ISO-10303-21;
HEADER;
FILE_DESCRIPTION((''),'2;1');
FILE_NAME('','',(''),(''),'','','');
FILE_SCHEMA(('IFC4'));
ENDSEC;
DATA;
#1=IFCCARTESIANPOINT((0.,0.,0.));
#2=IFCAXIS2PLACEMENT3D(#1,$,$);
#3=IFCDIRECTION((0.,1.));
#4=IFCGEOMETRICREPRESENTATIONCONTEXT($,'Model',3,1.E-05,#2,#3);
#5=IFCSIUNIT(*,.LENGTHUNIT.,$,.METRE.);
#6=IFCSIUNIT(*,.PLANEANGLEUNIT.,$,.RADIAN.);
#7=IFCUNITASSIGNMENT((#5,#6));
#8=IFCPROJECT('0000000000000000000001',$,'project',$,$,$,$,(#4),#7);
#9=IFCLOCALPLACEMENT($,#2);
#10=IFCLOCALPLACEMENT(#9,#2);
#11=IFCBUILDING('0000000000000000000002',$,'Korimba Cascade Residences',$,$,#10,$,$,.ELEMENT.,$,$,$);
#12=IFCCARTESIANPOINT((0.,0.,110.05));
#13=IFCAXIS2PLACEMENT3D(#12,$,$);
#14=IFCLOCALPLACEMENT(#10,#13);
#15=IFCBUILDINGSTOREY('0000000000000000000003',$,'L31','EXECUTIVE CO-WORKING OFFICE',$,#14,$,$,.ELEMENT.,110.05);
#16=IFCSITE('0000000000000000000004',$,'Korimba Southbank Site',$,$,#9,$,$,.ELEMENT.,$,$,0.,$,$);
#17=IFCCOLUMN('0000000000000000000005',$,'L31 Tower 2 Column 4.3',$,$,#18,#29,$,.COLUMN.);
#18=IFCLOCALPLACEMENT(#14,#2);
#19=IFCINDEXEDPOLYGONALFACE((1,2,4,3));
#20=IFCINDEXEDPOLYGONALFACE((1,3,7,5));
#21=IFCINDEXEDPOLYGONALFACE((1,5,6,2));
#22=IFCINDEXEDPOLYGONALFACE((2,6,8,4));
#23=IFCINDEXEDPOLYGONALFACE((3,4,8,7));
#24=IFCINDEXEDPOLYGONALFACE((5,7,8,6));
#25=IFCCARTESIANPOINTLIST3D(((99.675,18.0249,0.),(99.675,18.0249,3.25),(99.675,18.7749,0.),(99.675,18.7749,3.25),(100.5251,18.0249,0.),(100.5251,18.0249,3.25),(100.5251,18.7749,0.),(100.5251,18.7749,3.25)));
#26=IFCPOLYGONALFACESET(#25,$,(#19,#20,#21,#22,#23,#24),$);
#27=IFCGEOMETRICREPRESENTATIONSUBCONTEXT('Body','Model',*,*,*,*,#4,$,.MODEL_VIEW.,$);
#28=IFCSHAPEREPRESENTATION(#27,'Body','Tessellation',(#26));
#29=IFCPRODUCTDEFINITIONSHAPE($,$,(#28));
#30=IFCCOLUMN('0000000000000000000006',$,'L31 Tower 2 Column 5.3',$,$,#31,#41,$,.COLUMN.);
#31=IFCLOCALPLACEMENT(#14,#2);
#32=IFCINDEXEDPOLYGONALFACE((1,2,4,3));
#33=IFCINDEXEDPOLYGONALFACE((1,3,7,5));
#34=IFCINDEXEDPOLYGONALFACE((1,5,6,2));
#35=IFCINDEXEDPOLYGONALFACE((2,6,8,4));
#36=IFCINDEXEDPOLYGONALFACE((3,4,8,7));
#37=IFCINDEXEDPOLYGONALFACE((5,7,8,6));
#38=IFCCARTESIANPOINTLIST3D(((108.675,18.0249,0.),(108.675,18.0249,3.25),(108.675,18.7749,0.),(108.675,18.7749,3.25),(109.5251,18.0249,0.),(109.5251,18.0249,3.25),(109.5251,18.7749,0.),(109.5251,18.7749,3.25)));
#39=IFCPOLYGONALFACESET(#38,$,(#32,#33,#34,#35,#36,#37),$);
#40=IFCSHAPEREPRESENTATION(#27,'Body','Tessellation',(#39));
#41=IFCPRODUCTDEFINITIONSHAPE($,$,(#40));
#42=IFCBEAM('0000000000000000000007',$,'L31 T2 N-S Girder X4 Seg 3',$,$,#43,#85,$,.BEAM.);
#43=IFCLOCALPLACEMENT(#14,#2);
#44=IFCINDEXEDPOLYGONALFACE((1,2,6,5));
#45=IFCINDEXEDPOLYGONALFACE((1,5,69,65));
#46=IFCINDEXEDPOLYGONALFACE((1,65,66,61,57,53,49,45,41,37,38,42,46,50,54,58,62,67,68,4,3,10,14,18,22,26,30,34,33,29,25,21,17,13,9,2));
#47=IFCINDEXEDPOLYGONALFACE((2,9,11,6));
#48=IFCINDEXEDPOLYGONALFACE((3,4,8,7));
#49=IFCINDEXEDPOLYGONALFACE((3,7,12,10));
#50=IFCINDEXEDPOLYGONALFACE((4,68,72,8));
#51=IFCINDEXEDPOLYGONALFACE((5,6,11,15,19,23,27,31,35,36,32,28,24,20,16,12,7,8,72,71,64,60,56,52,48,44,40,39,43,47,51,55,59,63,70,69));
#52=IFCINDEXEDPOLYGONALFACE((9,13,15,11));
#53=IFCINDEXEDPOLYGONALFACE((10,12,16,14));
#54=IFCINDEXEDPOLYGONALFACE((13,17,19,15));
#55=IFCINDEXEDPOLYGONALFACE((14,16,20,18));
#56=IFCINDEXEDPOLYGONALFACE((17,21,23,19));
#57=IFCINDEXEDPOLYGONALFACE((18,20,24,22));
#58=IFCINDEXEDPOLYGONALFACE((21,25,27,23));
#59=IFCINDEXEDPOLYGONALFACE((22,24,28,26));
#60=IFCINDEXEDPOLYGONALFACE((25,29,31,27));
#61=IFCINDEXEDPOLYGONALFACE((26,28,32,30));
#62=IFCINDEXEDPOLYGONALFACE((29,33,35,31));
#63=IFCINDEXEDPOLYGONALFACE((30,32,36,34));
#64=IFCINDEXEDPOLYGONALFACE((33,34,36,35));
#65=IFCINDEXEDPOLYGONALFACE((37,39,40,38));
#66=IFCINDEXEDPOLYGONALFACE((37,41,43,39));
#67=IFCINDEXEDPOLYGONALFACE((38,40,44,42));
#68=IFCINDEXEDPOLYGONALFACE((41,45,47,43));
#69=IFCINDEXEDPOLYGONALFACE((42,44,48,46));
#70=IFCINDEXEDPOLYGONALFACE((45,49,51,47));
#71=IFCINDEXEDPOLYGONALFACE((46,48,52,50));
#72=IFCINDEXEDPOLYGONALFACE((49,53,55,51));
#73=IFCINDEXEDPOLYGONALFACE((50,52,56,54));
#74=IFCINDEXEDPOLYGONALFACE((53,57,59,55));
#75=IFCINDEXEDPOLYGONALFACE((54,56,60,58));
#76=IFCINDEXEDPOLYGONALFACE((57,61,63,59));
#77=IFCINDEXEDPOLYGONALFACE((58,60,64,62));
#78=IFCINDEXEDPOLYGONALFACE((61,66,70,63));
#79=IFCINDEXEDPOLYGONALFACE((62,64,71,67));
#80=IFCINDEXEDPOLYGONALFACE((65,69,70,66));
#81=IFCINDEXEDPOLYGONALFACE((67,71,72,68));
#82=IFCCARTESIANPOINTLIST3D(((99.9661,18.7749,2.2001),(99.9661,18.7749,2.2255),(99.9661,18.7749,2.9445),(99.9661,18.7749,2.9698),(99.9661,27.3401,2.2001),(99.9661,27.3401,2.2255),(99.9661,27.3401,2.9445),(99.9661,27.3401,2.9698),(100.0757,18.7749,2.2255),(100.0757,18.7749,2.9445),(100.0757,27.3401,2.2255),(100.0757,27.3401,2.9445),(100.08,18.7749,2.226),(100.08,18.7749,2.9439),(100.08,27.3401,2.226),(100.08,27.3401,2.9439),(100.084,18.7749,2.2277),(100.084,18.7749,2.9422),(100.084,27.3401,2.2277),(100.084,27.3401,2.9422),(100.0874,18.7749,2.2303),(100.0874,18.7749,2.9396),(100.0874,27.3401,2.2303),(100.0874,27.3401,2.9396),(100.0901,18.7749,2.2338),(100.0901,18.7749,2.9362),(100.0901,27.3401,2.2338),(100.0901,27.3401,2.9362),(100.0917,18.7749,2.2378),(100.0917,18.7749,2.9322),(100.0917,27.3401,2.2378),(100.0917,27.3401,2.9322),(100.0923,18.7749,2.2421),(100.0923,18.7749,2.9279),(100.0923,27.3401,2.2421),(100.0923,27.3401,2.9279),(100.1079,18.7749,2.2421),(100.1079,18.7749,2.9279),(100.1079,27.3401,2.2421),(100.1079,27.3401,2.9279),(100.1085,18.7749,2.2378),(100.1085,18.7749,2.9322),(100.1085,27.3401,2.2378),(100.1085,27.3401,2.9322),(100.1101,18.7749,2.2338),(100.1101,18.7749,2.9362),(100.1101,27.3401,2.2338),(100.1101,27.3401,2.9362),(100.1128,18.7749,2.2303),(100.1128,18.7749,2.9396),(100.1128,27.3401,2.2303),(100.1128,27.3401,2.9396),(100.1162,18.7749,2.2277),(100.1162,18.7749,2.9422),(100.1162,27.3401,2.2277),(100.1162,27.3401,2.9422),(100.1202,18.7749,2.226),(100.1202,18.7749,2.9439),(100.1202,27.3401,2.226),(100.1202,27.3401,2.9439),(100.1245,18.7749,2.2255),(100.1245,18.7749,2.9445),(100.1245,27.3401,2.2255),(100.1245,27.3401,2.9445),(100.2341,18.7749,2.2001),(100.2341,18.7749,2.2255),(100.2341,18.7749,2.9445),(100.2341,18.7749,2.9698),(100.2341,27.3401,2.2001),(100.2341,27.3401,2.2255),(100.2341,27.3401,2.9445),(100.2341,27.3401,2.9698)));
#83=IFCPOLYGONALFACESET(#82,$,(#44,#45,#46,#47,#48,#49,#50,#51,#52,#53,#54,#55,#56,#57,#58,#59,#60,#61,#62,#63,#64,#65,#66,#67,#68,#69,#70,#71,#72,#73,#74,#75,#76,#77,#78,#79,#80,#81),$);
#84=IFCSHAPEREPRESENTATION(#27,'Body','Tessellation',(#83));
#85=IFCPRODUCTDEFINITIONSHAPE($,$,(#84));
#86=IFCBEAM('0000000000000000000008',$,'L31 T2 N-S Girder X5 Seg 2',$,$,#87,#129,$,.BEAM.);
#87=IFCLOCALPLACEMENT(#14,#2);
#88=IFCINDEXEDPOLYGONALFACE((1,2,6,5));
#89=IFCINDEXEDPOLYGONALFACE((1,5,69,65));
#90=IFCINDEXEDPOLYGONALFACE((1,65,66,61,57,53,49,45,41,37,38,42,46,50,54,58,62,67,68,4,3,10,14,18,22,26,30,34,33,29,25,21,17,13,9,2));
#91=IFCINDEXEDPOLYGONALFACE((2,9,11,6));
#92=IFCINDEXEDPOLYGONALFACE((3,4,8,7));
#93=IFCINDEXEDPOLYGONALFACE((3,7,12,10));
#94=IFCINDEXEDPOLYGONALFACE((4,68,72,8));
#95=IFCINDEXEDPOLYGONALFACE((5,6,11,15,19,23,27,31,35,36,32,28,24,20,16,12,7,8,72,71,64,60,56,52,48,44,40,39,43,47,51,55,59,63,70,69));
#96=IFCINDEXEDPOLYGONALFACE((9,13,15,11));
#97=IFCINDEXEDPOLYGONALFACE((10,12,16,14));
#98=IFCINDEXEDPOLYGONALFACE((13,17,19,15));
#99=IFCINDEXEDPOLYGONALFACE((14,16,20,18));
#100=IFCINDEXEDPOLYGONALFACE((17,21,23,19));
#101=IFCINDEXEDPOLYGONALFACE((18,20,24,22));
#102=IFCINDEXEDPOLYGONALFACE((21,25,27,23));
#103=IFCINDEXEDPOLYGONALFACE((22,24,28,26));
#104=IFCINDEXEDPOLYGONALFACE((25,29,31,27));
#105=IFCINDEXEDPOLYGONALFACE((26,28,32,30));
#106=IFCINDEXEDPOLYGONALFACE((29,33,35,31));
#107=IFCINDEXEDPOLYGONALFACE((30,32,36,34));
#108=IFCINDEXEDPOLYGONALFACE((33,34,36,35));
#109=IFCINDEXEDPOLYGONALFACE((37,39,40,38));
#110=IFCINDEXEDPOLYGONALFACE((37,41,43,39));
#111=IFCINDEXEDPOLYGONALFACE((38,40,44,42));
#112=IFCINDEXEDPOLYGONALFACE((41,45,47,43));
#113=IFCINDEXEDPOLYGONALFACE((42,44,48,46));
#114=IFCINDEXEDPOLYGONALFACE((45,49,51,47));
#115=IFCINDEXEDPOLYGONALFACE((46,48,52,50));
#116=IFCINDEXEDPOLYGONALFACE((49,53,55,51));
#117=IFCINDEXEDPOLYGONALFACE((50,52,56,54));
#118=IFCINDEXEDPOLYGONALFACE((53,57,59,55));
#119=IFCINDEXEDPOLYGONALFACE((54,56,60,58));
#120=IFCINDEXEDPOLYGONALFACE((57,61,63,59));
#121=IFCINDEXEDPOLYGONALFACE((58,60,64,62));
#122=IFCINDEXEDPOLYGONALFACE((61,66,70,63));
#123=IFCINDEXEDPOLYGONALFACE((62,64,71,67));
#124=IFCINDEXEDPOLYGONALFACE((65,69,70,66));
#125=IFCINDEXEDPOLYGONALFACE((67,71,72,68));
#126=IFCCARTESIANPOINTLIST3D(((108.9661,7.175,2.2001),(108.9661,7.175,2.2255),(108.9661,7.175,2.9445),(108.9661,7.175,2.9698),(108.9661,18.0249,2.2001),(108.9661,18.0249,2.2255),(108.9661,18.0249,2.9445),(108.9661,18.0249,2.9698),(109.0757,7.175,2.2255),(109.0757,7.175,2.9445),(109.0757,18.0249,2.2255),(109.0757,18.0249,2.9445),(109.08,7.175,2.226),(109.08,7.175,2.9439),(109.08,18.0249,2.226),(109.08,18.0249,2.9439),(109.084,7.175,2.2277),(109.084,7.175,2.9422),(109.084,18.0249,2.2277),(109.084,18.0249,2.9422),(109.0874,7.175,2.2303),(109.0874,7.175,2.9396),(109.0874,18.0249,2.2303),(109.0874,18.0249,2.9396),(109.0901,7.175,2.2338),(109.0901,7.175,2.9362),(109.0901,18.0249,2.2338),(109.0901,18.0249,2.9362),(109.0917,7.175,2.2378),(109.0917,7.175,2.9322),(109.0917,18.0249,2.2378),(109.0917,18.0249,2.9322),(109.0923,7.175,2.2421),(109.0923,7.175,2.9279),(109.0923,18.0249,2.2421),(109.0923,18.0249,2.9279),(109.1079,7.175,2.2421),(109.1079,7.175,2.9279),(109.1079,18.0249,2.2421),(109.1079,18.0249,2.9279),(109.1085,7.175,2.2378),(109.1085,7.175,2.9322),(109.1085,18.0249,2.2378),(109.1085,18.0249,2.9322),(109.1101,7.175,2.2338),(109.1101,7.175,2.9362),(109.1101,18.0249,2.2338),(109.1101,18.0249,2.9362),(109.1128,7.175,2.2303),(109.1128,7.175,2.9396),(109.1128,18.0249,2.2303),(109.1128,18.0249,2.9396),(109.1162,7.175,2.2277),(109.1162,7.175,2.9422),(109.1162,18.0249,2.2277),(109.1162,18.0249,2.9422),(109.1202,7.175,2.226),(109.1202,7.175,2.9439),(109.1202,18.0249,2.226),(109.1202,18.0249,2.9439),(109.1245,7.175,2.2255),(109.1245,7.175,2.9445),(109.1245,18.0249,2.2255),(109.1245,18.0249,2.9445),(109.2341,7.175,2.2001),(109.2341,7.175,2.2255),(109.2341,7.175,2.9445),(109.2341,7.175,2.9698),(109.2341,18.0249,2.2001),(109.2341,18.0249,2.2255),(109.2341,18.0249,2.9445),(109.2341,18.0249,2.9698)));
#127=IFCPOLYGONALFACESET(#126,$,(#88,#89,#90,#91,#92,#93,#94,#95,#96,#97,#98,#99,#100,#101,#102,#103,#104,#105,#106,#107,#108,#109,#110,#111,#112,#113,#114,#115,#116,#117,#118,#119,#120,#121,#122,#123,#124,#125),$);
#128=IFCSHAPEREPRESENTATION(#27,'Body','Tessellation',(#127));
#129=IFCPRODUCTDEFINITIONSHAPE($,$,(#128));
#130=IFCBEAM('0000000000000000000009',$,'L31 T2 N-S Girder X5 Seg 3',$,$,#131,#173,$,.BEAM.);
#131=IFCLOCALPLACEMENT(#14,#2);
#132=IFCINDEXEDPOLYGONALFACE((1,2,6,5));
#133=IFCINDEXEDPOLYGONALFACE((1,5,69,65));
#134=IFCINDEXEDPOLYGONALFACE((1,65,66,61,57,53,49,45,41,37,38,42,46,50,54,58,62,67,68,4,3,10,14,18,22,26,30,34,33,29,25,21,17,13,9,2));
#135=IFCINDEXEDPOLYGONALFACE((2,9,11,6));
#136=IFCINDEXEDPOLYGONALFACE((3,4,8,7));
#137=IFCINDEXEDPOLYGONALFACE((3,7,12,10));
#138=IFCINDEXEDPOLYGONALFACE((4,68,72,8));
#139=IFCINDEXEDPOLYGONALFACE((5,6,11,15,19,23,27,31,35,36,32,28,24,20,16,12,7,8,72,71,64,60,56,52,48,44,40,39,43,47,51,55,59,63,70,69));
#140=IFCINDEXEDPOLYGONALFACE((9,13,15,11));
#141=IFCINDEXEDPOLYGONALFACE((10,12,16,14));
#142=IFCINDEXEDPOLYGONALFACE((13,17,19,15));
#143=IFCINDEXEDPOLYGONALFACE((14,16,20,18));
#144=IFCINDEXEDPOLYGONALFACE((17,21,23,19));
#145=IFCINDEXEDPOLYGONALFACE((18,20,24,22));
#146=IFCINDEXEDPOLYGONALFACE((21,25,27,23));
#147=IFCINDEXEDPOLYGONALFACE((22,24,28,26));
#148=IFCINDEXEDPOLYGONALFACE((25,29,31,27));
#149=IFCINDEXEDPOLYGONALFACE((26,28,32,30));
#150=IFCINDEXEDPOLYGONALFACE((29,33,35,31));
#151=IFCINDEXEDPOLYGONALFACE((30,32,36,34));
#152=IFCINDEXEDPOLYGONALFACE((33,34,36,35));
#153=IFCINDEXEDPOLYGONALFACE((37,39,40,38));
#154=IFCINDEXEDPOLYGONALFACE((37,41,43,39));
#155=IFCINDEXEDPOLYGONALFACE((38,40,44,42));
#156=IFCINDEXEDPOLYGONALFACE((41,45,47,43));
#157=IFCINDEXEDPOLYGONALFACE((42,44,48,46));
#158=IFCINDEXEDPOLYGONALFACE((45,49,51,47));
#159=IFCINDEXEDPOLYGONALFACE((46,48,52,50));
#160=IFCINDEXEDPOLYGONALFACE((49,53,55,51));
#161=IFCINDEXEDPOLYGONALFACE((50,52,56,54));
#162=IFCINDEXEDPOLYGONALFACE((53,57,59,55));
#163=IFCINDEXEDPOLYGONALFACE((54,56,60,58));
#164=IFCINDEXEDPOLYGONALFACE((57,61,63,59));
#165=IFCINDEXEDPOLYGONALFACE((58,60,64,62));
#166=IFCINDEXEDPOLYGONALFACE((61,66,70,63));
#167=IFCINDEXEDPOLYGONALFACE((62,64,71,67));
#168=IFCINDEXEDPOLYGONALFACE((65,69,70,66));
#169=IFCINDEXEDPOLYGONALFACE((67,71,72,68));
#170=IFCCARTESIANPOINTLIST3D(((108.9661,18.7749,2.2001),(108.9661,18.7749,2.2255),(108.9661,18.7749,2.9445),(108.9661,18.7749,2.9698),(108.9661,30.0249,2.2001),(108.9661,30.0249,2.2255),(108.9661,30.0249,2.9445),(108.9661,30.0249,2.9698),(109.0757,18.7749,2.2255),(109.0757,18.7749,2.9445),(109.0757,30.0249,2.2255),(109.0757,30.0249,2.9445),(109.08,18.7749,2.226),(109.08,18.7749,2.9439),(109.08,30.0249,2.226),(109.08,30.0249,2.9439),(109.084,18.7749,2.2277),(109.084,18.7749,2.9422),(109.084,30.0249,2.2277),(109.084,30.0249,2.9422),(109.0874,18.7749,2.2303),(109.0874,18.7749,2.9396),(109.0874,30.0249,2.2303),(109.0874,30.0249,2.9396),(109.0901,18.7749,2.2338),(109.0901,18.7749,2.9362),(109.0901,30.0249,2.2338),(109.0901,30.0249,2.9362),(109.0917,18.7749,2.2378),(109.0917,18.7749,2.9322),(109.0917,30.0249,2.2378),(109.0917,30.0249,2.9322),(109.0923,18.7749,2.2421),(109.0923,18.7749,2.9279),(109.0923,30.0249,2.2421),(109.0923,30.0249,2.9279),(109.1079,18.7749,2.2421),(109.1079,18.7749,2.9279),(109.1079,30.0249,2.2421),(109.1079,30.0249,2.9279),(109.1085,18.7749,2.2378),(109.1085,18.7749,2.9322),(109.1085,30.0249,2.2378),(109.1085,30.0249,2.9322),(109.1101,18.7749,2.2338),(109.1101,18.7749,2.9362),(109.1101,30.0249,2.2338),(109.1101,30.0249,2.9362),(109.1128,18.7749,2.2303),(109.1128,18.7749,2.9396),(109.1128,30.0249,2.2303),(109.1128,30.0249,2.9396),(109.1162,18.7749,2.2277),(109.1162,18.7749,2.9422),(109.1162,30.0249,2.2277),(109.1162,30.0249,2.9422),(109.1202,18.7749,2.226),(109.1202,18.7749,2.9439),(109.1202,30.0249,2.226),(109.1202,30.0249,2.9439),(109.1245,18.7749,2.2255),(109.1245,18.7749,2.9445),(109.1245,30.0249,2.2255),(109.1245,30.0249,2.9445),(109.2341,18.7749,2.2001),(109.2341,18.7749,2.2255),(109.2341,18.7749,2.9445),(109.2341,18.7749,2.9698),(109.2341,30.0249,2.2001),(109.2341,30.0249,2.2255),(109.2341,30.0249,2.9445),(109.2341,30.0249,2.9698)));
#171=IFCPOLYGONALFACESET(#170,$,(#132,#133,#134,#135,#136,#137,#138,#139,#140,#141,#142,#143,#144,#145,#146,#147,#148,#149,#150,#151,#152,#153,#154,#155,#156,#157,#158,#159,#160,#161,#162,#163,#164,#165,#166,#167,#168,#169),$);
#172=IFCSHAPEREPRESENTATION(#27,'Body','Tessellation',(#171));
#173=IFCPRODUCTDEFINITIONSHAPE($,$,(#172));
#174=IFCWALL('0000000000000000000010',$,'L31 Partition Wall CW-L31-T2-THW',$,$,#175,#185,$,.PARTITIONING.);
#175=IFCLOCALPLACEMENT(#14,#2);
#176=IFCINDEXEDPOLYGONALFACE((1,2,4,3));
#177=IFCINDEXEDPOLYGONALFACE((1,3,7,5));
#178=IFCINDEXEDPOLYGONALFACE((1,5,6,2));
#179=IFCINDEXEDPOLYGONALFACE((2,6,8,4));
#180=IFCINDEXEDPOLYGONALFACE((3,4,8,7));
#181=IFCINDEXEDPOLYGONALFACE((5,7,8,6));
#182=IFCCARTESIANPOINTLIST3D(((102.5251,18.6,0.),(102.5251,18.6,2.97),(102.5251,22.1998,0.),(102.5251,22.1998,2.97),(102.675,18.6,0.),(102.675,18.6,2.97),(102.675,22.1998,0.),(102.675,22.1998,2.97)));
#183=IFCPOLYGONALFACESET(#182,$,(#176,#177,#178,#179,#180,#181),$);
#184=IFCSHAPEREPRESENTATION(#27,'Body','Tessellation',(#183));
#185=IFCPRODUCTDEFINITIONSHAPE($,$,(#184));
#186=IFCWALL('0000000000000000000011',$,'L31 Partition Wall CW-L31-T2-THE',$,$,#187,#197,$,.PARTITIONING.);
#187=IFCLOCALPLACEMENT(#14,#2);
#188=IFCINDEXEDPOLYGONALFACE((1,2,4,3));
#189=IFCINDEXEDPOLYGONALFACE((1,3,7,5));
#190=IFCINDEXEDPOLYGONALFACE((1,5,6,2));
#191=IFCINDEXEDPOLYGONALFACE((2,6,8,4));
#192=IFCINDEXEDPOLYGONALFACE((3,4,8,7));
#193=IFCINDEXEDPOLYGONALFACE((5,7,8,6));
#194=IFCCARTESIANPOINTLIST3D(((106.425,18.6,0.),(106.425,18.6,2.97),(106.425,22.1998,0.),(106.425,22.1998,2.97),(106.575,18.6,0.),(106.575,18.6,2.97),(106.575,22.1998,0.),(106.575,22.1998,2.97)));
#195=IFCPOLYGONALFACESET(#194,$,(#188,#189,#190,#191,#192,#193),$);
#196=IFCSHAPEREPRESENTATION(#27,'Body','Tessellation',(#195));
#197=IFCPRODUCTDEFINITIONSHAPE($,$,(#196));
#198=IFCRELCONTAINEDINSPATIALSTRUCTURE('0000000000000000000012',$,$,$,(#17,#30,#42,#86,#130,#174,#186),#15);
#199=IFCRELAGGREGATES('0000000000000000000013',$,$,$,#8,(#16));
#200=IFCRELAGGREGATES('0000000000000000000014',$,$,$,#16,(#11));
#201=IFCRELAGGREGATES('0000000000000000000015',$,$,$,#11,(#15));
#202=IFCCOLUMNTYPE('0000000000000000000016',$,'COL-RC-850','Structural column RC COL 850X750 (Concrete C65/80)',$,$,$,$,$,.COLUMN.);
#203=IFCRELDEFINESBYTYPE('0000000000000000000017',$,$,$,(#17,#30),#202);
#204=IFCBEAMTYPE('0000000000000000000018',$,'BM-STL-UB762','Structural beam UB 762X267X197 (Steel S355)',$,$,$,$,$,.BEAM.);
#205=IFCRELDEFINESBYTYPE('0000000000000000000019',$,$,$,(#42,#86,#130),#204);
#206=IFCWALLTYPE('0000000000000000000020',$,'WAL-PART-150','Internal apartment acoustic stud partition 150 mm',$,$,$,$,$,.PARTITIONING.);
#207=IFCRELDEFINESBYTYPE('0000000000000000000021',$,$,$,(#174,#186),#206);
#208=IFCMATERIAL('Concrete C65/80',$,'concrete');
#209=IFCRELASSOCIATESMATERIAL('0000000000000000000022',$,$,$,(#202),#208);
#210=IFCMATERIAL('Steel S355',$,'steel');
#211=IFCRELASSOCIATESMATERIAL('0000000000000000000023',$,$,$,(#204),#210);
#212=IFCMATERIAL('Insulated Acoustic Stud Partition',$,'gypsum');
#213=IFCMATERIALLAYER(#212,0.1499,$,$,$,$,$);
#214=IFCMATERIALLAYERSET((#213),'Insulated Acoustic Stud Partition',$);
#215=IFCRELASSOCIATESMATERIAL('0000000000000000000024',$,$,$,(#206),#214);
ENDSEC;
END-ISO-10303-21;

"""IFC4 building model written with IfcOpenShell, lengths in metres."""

from ifc_helpers import new_model, si_unit, direction, frame, frame_2d, origin, origin_2d, place, context, subcontext, project, spatial, rectangle, i_section, extrude, material, layer, layer_set, material_profile, profile_set, type_object, element, save


model = new_model("IFC4")

# Units and contexts
model_context = context("Model", 3, precision=1e-05, world=origin(), true_north=direction((0.0, 1.0)))
body_context = subcontext(model_context, "Body", "Model", "MODEL_VIEW")
ifc_project = project(units=[si_unit("LENGTHUNIT", "METRE"), si_unit("PLANEANGLEUNIT", "RADIAN")], contexts=[model_context])

# Site, building, storey
site_placement = place(None, origin())
site = spatial("IfcSite", under=ifc_project, at=site_placement, Name="Korimba Southbank Site", CompositionType="ELEMENT", RefElevation=0.0)
building_placement = place(site_placement, origin())
building = spatial("IfcBuilding", under=site, at=building_placement, Name="Korimba Cascade Residences", CompositionType="ELEMENT")
storey_placement = place(building_placement, frame((0.0, 0.0, 110.05)))
storey = spatial("IfcBuildingStorey", under=building, at=storey_placement, Name="L31", Description="EXECUTIVE CO-WORKING OFFICE", CompositionType="ELEMENT", Elevation=110.05)

# Columns
ifc_material_1 = material(Name="Concrete C65/80", Category="concrete")
ifc_material_profile_1 = material_profile(ifc_material_1, rectangle(XDim=0.8501, YDim=0.75, at=origin_2d()), Name="Concrete C65/80")
ifc_profile_set_1 = profile_set([ifc_material_profile_1], Name="Concrete C65/80")
column_type = type_object("IfcColumnType", Name="COL-RC-850", Description="Structural column RC COL 850X750 (Concrete C65/80)", PredefinedType="COLUMN", material=ifc_profile_set_1)
for number, where, z_axis, x_axis, name in (
    (1, (100.1001, 18.3999, 0.0), (0.0, 0.0, 1.0), (1.0, 0.0, 0.0), "L31 Tower 2 Column 4.3"),
    (2, (109.1001, 18.3999, 0.0), (0.0, 0.0, 1.0), (1.0, 0.0, 0.0), "L31 Tower 2 Column 5.3"),
):
    element("IfcColumn", number, at=place(storey_placement, frame(where, z_axis=z_axis, x_axis=x_axis)), inside=storey, type_object=column_type, Name=name, PredefinedType="COLUMN", context=body_context, shape_type="SweptSolid", body=[
        extrude(rectangle(XDim=0.8501, YDim=0.75, at=origin_2d()), origin(), (0.0, 0.0, 1.0), 3.25),
    ])

# Beams
ifc_material_2 = material(Name="Steel S355", Category="steel")
ifc_material_profile_2 = material_profile(ifc_material_2, i_section(OverallWidth=0.2681, OverallDepth=0.7698, WebThickness=0.0156, FlangeThickness=0.0254, FilletRadius=0.0166, at=origin_2d()), Name="Steel S355")
ifc_profile_set_2 = profile_set([ifc_material_profile_2], Name="Steel S355")
beam_type = type_object("IfcBeamType", Name="BM-STL-UB762", Description="Structural beam UB 762X267X197 (Steel S355)", PredefinedType="BEAM", material=ifc_profile_set_2)
beam_1_placement = place(storey_placement, frame((100.1001, 18.7749, 2.585), z_axis=(0.0, 1.0, 0.0), x_axis=(-1.0, 0.0, 0.0)))
element("IfcBeam", 3, at=beam_1_placement, inside=storey, type_object=beam_type, Name="L31 T2 N-S Girder X4 Seg 3", PredefinedType="BEAM", context=body_context, shape_type="SweptSolid", body=[
    extrude(i_section(OverallWidth=0.2681, OverallDepth=0.7698, WebThickness=0.0156, FlangeThickness=0.0254, FilletRadius=0.0166, at=origin_2d()), origin(), (0.0, 0.0, 1.0), 8.5652),
])
beam_2_placement = place(storey_placement, frame((109.1001, 7.175, 2.585), z_axis=(0.0, 1.0, 0.0), x_axis=(-1.0, 0.0, 0.0)))
element("IfcBeam", 4, at=beam_2_placement, inside=storey, type_object=beam_type, Name="L31 T2 N-S Girder X5 Seg 2", PredefinedType="BEAM", context=body_context, shape_type="SweptSolid", body=[
    extrude(i_section(OverallWidth=0.2681, OverallDepth=0.7698, WebThickness=0.0156, FlangeThickness=0.0254, FilletRadius=0.0166, at=origin_2d()), origin(), (0.0, 0.0, 1.0), 10.8499),
])
beam_3_placement = place(storey_placement, frame((109.1001, 18.7749, 2.585), z_axis=(0.0, 1.0, 0.0), x_axis=(-1.0, 0.0, 0.0)))
element("IfcBeam", 5, at=beam_3_placement, inside=storey, type_object=beam_type, Name="L31 T2 N-S Girder X5 Seg 3", PredefinedType="BEAM", context=body_context, shape_type="SweptSolid", body=[
    extrude(i_section(OverallWidth=0.2681, OverallDepth=0.7698, WebThickness=0.0156, FlangeThickness=0.0254, FilletRadius=0.0166, at=origin_2d()), origin(), (0.0, 0.0, 1.0), 11.25),
])

# Walls
ifc_material_3 = material(Name="Insulated Acoustic Stud Partition", Category="gypsum")
ifc_layer_1 = layer(ifc_material_3, 0.1499)
ifc_layer_set_1 = layer_set([ifc_layer_1], Name="Insulated Acoustic Stud Partition")
wall_type_1 = type_object("IfcWallType", Name="WAL-PART-150", Description="Internal apartment acoustic stud partition 150 mm", PredefinedType="PARTITIONING", material=ifc_layer_set_1)
for number, where, z_axis, x_axis, name in (
    (6, (102.6001, 18.6001, 0.0), (0.0, 0.0, 1.0), (0.0, 1.0, 0.0), "L31 Partition Wall CW-L31-T2-THW"),
    (7, (106.5, 18.6001, 0.0), (0.0, 0.0, 1.0), (0.0, 1.0, 0.0), "L31 Partition Wall CW-L31-T2-THE"),
):
    element("IfcWall", number, at=place(storey_placement, frame(where, z_axis=z_axis, x_axis=x_axis)), inside=storey, type_object=wall_type_1, Name=name, PredefinedType="PARTITIONING", context=body_context, shape_type="SweptSolid", body=[
        extrude(rectangle(XDim=3.5999, YDim=0.1499, at=frame_2d((1.7998, 0.0))), origin(), (0.0, 0.0, 1.0), 2.97),
    ])

save(model, "model.ifc")
